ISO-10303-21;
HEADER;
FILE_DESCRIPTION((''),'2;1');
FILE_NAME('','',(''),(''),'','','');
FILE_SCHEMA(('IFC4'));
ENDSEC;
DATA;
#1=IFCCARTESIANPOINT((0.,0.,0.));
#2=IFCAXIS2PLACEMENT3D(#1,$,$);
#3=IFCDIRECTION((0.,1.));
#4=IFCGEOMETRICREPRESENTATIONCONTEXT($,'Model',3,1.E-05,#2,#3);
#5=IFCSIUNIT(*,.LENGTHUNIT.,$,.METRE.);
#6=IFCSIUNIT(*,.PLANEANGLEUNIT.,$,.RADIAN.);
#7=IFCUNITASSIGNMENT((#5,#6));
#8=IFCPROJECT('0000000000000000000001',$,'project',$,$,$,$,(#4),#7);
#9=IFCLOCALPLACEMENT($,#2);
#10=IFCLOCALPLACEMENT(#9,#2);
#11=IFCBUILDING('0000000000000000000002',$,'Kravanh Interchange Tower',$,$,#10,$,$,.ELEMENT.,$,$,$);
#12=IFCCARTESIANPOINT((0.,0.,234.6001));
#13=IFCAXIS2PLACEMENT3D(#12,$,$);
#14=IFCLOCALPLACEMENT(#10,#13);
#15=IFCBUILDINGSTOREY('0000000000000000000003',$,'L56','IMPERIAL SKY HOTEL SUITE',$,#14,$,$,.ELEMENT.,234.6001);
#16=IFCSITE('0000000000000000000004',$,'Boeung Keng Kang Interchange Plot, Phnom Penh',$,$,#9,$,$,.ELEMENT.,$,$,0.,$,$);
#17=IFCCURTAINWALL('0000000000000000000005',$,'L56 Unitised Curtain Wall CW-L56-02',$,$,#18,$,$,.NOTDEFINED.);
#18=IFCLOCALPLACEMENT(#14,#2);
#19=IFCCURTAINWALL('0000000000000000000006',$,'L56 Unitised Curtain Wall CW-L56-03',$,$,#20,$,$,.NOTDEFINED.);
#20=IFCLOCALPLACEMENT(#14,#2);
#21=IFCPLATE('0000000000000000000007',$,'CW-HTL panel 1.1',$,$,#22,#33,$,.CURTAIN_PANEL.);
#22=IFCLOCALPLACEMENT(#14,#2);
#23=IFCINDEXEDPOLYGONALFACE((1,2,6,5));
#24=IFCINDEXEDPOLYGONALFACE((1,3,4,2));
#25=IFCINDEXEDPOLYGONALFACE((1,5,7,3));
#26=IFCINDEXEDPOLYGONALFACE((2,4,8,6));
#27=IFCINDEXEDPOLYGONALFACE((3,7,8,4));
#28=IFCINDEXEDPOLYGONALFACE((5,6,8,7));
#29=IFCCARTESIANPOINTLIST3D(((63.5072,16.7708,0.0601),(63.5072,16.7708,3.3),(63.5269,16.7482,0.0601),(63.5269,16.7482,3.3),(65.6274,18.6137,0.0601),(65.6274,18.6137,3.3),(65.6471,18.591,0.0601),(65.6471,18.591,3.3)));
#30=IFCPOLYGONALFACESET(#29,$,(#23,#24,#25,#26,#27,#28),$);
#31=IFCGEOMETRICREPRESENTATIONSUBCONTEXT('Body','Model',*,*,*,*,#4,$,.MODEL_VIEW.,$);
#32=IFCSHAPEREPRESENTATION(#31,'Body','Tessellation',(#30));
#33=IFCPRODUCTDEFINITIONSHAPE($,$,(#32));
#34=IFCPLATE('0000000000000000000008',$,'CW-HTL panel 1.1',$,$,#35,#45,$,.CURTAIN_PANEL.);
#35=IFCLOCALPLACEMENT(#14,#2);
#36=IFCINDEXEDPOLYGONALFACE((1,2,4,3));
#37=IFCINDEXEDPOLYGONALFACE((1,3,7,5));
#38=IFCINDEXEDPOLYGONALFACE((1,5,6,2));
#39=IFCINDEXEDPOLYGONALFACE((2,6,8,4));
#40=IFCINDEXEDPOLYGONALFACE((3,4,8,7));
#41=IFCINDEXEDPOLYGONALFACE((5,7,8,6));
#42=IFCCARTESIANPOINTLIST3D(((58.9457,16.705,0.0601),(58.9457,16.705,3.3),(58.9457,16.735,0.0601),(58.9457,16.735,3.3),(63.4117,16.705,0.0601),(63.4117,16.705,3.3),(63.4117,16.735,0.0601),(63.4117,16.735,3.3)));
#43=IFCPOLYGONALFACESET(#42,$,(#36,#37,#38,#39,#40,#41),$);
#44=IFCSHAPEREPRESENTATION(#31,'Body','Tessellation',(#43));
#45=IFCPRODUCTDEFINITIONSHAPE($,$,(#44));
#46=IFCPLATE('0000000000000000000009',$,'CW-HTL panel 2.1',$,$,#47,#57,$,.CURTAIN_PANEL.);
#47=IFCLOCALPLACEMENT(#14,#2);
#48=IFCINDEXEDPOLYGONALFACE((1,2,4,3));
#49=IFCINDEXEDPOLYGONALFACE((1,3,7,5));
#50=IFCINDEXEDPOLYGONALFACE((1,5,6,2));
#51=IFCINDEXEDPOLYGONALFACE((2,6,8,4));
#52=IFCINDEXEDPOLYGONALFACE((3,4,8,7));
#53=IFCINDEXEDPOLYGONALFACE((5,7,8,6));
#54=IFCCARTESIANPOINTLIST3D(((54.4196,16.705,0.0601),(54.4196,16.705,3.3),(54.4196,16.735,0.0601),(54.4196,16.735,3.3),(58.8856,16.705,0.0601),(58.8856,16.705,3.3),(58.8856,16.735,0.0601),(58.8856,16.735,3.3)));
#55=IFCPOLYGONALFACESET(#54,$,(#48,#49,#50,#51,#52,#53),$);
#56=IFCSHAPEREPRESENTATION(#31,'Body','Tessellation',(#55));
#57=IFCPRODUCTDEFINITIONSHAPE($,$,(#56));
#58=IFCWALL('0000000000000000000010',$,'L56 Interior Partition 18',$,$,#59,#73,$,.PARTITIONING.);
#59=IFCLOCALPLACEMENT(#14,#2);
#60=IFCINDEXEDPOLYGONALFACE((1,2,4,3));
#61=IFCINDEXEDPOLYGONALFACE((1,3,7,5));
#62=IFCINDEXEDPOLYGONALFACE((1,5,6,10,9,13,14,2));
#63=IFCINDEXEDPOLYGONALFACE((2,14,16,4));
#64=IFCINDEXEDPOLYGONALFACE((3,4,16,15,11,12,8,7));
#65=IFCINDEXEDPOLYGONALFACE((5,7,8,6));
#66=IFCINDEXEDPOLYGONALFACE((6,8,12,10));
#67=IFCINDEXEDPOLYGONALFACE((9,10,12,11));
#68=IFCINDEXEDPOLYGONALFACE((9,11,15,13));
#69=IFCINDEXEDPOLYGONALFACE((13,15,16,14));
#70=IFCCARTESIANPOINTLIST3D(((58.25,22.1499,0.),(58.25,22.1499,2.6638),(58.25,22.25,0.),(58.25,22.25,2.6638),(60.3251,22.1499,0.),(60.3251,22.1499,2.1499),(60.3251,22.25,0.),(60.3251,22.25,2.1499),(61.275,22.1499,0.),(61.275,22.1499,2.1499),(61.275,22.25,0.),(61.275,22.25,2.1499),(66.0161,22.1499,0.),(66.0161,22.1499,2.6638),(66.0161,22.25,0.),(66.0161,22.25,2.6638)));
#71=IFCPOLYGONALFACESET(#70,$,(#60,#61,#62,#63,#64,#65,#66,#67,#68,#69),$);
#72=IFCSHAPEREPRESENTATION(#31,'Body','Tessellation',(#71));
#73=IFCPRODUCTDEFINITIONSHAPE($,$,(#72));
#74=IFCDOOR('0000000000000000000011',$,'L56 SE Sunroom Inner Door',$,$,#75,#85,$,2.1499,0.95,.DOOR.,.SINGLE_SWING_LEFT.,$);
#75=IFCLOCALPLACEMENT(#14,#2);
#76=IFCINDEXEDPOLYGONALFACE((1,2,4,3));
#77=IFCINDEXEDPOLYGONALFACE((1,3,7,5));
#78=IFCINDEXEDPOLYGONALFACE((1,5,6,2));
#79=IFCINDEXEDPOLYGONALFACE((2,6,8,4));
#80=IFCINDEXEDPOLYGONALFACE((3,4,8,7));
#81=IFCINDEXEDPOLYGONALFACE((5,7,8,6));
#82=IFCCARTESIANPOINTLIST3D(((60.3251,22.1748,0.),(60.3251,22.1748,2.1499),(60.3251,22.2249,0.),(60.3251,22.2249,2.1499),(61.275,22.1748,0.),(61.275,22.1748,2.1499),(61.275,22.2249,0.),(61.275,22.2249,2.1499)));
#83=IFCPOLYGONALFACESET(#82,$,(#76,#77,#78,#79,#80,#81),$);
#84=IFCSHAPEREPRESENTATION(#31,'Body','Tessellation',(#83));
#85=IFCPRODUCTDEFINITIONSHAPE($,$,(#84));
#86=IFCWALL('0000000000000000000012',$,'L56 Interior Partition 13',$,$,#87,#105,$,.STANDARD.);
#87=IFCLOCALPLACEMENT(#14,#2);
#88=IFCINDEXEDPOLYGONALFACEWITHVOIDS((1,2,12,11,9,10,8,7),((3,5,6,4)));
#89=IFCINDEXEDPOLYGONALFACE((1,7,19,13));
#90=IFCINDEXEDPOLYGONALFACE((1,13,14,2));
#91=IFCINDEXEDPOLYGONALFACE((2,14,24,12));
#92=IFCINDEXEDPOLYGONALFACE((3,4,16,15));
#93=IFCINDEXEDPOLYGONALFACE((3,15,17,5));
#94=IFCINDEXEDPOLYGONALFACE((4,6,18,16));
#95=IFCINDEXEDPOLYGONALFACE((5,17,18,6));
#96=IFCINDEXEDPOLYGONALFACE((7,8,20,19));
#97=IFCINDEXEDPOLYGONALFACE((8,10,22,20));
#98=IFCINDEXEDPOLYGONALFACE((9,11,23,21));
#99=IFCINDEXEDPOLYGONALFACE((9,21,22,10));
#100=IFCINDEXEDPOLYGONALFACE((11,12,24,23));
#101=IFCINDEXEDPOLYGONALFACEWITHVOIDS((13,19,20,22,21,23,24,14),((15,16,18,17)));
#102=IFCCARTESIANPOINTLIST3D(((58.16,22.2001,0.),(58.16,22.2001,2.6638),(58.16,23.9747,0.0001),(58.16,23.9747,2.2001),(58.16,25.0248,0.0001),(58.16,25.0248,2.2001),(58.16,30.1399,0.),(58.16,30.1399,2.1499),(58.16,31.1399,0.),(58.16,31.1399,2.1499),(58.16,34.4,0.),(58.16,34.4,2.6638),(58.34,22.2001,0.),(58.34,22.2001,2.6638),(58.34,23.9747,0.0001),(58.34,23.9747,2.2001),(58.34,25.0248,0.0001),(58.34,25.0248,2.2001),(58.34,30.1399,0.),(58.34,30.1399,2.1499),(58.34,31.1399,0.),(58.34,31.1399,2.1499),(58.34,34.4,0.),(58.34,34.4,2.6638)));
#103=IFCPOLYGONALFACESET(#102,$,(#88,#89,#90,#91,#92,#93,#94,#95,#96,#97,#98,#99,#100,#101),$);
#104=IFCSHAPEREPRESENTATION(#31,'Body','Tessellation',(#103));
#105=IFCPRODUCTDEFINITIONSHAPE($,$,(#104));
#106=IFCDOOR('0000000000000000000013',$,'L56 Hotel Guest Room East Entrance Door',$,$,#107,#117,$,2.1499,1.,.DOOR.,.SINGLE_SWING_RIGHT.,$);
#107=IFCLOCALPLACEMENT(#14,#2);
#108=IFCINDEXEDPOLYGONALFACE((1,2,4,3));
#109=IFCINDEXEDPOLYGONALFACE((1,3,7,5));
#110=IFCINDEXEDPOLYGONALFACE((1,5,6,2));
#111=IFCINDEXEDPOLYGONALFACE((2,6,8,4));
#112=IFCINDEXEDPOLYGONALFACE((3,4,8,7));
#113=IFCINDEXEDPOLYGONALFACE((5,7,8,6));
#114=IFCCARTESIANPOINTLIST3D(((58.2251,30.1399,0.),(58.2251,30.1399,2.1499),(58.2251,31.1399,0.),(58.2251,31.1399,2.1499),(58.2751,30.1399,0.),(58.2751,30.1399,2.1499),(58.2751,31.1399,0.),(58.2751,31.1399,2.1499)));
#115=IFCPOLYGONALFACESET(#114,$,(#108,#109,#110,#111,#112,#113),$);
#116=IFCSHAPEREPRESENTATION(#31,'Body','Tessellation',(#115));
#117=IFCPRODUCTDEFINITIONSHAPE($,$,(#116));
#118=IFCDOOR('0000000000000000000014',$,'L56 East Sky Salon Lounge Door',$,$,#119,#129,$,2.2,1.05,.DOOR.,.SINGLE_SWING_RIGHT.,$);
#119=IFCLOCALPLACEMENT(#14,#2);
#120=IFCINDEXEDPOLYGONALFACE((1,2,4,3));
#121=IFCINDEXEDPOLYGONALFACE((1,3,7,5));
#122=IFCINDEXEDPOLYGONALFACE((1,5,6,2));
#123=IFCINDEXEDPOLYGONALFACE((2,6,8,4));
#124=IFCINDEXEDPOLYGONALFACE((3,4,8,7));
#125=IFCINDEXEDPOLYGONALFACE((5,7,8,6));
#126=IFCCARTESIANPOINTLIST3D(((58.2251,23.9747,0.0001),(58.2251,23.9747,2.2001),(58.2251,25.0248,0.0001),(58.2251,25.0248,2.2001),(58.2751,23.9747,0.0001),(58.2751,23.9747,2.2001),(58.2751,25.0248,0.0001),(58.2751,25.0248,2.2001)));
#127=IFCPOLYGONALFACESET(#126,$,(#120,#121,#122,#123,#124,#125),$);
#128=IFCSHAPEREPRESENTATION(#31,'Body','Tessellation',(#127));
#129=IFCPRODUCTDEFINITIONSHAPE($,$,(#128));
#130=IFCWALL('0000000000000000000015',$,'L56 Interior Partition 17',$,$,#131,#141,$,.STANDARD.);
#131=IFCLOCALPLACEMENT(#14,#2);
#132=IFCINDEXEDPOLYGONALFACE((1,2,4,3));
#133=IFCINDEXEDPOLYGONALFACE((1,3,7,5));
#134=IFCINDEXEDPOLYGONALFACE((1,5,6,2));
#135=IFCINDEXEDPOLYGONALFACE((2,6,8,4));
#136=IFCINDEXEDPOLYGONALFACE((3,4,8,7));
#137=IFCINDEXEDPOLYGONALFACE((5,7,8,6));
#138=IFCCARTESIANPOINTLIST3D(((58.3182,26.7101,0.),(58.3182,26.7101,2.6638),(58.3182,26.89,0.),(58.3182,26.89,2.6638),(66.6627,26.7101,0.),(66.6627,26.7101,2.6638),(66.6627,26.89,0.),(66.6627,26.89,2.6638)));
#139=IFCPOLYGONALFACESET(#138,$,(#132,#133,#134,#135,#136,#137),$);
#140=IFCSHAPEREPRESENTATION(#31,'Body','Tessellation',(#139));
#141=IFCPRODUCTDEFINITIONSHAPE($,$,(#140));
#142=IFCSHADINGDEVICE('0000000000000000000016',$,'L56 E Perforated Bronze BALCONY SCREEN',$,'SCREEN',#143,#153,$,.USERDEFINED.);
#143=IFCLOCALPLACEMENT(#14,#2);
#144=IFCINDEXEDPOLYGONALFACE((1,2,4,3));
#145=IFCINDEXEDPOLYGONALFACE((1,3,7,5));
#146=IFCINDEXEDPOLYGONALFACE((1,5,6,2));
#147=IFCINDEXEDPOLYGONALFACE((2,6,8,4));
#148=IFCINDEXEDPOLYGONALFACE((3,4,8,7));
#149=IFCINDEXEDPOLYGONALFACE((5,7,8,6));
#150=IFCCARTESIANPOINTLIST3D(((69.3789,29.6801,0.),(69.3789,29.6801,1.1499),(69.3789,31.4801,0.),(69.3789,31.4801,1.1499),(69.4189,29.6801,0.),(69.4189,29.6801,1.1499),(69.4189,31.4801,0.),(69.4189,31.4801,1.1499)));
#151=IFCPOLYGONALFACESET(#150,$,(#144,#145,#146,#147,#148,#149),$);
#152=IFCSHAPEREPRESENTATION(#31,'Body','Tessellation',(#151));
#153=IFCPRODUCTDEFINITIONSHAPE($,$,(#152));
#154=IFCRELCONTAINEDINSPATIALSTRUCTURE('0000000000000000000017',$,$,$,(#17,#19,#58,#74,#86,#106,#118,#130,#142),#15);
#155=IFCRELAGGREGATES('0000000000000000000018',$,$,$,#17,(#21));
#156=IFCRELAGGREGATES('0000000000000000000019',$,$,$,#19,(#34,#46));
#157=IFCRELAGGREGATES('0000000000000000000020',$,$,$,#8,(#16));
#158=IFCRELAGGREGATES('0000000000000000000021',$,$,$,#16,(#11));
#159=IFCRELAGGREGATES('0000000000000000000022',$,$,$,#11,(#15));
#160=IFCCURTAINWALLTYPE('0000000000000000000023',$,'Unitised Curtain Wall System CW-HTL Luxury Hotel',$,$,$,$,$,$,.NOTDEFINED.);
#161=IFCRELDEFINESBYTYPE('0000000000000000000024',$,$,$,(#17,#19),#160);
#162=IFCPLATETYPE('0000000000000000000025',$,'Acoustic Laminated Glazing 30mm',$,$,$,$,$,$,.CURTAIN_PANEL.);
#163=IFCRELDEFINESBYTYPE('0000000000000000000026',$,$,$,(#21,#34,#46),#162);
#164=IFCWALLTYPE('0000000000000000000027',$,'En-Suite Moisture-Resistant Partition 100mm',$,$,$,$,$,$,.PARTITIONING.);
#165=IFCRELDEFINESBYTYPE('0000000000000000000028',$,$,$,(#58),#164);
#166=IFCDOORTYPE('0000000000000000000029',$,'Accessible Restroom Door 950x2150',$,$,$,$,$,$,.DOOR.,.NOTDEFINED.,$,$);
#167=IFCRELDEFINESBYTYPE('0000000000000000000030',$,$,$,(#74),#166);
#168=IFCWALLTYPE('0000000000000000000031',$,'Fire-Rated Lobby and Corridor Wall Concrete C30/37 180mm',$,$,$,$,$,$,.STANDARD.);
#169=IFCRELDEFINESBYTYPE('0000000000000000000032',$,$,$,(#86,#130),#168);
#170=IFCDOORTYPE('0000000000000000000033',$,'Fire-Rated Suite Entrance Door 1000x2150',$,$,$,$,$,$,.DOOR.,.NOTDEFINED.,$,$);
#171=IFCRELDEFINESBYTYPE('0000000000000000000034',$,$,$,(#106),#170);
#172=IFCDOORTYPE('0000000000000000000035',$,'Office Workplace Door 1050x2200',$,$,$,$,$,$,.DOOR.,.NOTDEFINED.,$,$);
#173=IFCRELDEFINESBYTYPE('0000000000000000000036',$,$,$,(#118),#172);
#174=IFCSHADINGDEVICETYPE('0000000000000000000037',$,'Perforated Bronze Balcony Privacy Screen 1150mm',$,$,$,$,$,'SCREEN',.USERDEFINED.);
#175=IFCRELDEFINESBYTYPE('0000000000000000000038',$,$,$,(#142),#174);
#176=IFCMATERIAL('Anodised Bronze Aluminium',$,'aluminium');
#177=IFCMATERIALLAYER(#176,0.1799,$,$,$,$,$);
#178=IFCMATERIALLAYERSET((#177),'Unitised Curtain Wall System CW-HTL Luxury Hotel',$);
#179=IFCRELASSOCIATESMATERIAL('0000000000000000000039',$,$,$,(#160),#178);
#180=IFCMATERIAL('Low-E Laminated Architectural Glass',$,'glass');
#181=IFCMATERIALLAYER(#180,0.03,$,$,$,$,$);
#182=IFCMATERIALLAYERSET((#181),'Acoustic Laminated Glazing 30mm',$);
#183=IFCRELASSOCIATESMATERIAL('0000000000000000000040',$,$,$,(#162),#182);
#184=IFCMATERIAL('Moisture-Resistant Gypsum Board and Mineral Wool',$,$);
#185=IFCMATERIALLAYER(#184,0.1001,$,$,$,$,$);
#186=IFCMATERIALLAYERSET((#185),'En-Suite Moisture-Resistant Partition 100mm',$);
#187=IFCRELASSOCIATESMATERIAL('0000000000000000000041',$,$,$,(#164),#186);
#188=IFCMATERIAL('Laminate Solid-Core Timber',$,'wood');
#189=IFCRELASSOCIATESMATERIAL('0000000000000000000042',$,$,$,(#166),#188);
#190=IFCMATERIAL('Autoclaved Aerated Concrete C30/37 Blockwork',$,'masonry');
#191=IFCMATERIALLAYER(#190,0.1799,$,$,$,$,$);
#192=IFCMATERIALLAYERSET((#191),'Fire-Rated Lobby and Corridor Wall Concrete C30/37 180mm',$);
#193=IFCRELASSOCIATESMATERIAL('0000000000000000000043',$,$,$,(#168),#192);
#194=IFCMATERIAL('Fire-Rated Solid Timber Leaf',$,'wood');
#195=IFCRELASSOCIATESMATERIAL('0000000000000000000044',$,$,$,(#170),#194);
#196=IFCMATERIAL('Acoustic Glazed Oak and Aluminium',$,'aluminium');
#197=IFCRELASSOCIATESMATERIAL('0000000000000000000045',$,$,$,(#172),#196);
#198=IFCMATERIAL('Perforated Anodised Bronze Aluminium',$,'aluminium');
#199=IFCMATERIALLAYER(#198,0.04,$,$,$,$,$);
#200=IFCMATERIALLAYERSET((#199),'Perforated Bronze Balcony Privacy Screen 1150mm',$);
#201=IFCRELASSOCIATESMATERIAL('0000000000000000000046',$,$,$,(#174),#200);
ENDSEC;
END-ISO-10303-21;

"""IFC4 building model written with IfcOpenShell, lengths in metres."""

from ifc_helpers import new_model, si_unit, direction, frame, frame_2d, origin, origin_2d, place, context, subcontext, project, spatial, rectangle, extrude, material, layer, layer_set, type_object, element, fill, aggregate, save


model = new_model("IFC4")

# Units and contexts
model_context = context("Model", 3, precision=1e-05, world=origin(), true_north=direction((0.0, 1.0)))
body_context = subcontext(model_context, "Body", "Model", "MODEL_VIEW")
ifc_project = project(units=[si_unit("LENGTHUNIT", "METRE"), si_unit("PLANEANGLEUNIT", "RADIAN")], contexts=[model_context])

# Site, building, storey
site_placement = place(None, origin())
site = spatial("IfcSite", under=ifc_project, at=site_placement, Name="Boeung Keng Kang Interchange Plot, Phnom Penh", CompositionType="ELEMENT", RefElevation=0.0)
building_placement = place(site_placement, origin())
building = spatial("IfcBuilding", under=site, at=building_placement, Name="Kravanh Interchange Tower", CompositionType="ELEMENT")
storey_placement = place(building_placement, frame((0.0, 0.0, 234.6001)))
storey = spatial("IfcBuildingStorey", under=building, at=storey_placement, Name="L56", Description="IMPERIAL SKY HOTEL SUITE", CompositionType="ELEMENT", Elevation=234.6001)

# Curtain walls
ifc_material_1 = material(Name="Anodised Bronze Aluminium", Category="aluminium")
ifc_layer_1 = layer(ifc_material_1, 0.1799)
ifc_layer_set_1 = layer_set([ifc_layer_1], Name="Unitised Curtain Wall System CW-HTL Luxury Hotel")
curtain_wall_type = type_object("IfcCurtainWallType", Name="Unitised Curtain Wall System CW-HTL Luxury Hotel", PredefinedType="NOTDEFINED", material=ifc_layer_set_1)
curtain_wall_1_placement = place(storey_placement, origin())
curtain_wall_1 = element("IfcCurtainWall", 1, at=curtain_wall_1_placement, inside=storey, type_object=curtain_wall_type, Name="L56 Unitised Curtain Wall CW-L56-02", PredefinedType="NOTDEFINED")
curtain_wall_2_placement = place(storey_placement, origin())
curtain_wall_2 = element("IfcCurtainWall", 2, at=curtain_wall_2_placement, inside=storey, type_object=curtain_wall_type, Name="L56 Unitised Curtain Wall CW-L56-03", PredefinedType="NOTDEFINED")

# Plates
ifc_material_2 = material(Name="Low-E Laminated Architectural Glass", Category="glass")
ifc_layer_2 = layer(ifc_material_2, 0.03)
ifc_layer_set_2 = layer_set([ifc_layer_2], Name="Acoustic Laminated Glazing 30mm")
plate_type = type_object("IfcPlateType", Name="Acoustic Laminated Glazing 30mm", PredefinedType="CURTAIN_PANEL", material=ifc_layer_set_2)
plate_1_placement = place(storey_placement, frame((64.5771, 17.6809, 0.0601), z_axis=(0.0, 0.0, 1.0), x_axis=(-0.754732, -0.656033, 0.0)))
plate_1 = element("IfcPlate", 3, at=plate_1_placement, type_object=plate_type, Name="CW-HTL panel 1.1", PredefinedType="CURTAIN_PANEL", context=body_context, shape_type="SweptSolid", body=[
    extrude(rectangle(XDim=2.8091, YDim=0.03, at=origin_2d()), origin(), (0.0, 0.0, 1.0), 3.24),
])
aggregate(curtain_wall_1, [plate_1])
plate_2_placement = place(storey_placement, frame((61.1787, 16.72, 0.0601), z_axis=(0.0, 0.0, 1.0), x_axis=(-1.0, 0.0, 0.0)))
plate_2 = element("IfcPlate", 4, at=plate_2_placement, type_object=plate_type, Name="CW-HTL panel 1.1", PredefinedType="CURTAIN_PANEL", context=body_context, shape_type="SweptSolid", body=[
    extrude(rectangle(XDim=4.4661, YDim=0.03, at=origin_2d()), origin(), (0.0, 0.0, 1.0), 3.24),
])
plate_3_placement = place(storey_placement, frame((56.6526, 16.72, 0.0601), z_axis=(0.0, 0.0, 1.0), x_axis=(-1.0, 0.0, 0.0)))
plate_3 = element("IfcPlate", 5, at=plate_3_placement, type_object=plate_type, Name="CW-HTL panel 2.1", PredefinedType="CURTAIN_PANEL", context=body_context, shape_type="SweptSolid", body=[
    extrude(rectangle(XDim=4.4661, YDim=0.03, at=origin_2d()), origin(), (0.0, 0.0, 1.0), 3.24),
])
aggregate(curtain_wall_2, [plate_2, plate_3])

# Wall, opening, door
ifc_material_3 = material(Name="Moisture-Resistant Gypsum Board and Mineral Wool")
ifc_layer_3 = layer(ifc_material_3, 0.1001)
ifc_layer_set_3 = layer_set([ifc_layer_3], Name="En-Suite Moisture-Resistant Partition 100mm")
wall_type_1 = type_object("IfcWallType", Name="En-Suite Moisture-Resistant Partition 100mm", PredefinedType="PARTITIONING", material=ifc_layer_set_3)
wall_1_placement = place(storey_placement, frame((58.25, 22.2, 0.0), z_axis=(0.0, 0.0, 1.0), x_axis=(1.0, 0.0, 0.0)))
wall_1 = element("IfcWall", 6, at=wall_1_placement, inside=storey, type_object=wall_type_1, Name="L56 Interior Partition 18", PredefinedType="PARTITIONING", context=body_context, shape_type="SweptSolid", body=[
    extrude(rectangle(XDim=7.7661, YDim=0.1001, at=frame_2d((3.8831, 0.0))), origin(), (0.0, 0.0, 1.0), 2.6638),
])
opening_1_placement = place(wall_1_placement, frame((2.075, 0.0, 0.0)))
opening_1 = element("IfcOpeningElement", 7, at=opening_1_placement, cuts=wall_1, PredefinedType="OPENING", context=body_context, shape_type="SweptSolid", body=[
    extrude(rectangle(XDim=0.95, YDim=2.1499, at=frame_2d((0.4751, 1.075))), frame((0.0, 0.0601, 0.0), z_axis=(0.0, -1.0, 0.0), x_axis=(1.0, 0.0, 0.0)), (0.0, 0.0, 1.0), 0.1201),
])
ifc_material_4 = material(Name="Laminate Solid-Core Timber", Category="wood")
door_type_1 = type_object("IfcDoorType", Name="Accessible Restroom Door 950x2150", OperationType="NOTDEFINED", PredefinedType="DOOR", material=ifc_material_4)
door_1_placement = place(opening_1_placement, origin())
door_1 = element("IfcDoor", 8, at=door_1_placement, inside=storey, type_object=door_type_1, Name="L56 SE Sunroom Inner Door", OperationType="SINGLE_SWING_LEFT", OverallHeight=2.1499, OverallWidth=0.95, PredefinedType="DOOR", context=body_context, shape_type="SweptSolid", body=[
    extrude(rectangle(XDim=0.95, YDim=2.1499, at=frame_2d((0.4751, 1.075))), frame((0.0, 0.0249, 0.0), z_axis=(0.0, -1.0, 0.0), x_axis=(1.0, 0.0, 0.0)), (0.0, 0.0, 1.0), 0.05),
])
fill(opening_1, door_1)

# Wall, openings, doors
ifc_material_5 = material(Name="Autoclaved Aerated Concrete C30/37 Blockwork", Category="masonry")
ifc_layer_4 = layer(ifc_material_5, 0.1799)
ifc_layer_set_4 = layer_set([ifc_layer_4], Name="Fire-Rated Lobby and Corridor Wall Concrete C30/37 180mm")
wall_type_2 = type_object("IfcWallType", Name="Fire-Rated Lobby and Corridor Wall Concrete C30/37 180mm", PredefinedType="STANDARD", material=ifc_layer_set_4)
wall_2_placement = place(storey_placement, frame((58.25, 22.2, 0.0), z_axis=(0.0, 0.0, 1.0), x_axis=(0.0, 1.0, 0.0)))
wall_2 = element("IfcWall", 9, at=wall_2_placement, inside=storey, type_object=wall_type_2, Name="L56 Interior Partition 13", PredefinedType="STANDARD", context=body_context, shape_type="SweptSolid", body=[
    extrude(rectangle(XDim=12.2, YDim=0.1799, at=frame_2d((6.1001, 0.0))), origin(), (0.0, 0.0, 1.0), 2.6638),
])
opening_2_placement = place(wall_2_placement, frame((1.7749, 0.0, 0.0)))
opening_2 = element("IfcOpeningElement", 10, at=opening_2_placement, cuts=wall_2, PredefinedType="OPENING", context=body_context, shape_type="SweptSolid", body=[
    extrude(rectangle(XDim=1.05, YDim=2.2, at=frame_2d((0.5249, 1.1001))), frame((0.0, 0.1001, 0.0), z_axis=(0.0, -1.0, 0.0), x_axis=(1.0, 0.0, 0.0)), (0.0, 0.0, 1.0), 0.2),
])
opening_3_placement = place(wall_2_placement, frame((7.9399, 0.0, 0.0)))
opening_3 = element("IfcOpeningElement", 11, at=opening_3_placement, cuts=wall_2, PredefinedType="OPENING", context=body_context, shape_type="SweptSolid", body=[
    extrude(rectangle(XDim=1.0, YDim=2.1499, at=frame_2d((0.5, 1.075))), frame((0.0, 0.1001, 0.0), z_axis=(0.0, -1.0, 0.0), x_axis=(1.0, 0.0, 0.0)), (0.0, 0.0, 1.0), 0.2),
])
ifc_material_6 = material(Name="Fire-Rated Solid Timber Leaf", Category="wood")
door_type_2 = type_object("IfcDoorType", Name="Fire-Rated Suite Entrance Door 1000x2150", OperationType="NOTDEFINED", PredefinedType="DOOR", material=ifc_material_6)
door_2_placement = place(opening_3_placement, origin())
door_2 = element("IfcDoor", 12, at=door_2_placement, inside=storey, type_object=door_type_2, Name="L56 Hotel Guest Room East Entrance Door", OperationType="SINGLE_SWING_RIGHT", OverallHeight=2.1499, OverallWidth=1.0, PredefinedType="DOOR", context=body_context, shape_type="SweptSolid", body=[
    extrude(rectangle(XDim=1.0, YDim=2.1499, at=frame_2d((0.5, 1.075))), frame((0.0, 0.0249, 0.0), z_axis=(0.0, -1.0, 0.0), x_axis=(1.0, 0.0, 0.0)), (0.0, 0.0, 1.0), 0.05),
])
fill(opening_3, door_2)
ifc_material_7 = material(Name="Acoustic Glazed Oak and Aluminium", Category="aluminium")
door_type_3 = type_object("IfcDoorType", Name="Office Workplace Door 1050x2200", OperationType="NOTDEFINED", PredefinedType="DOOR", material=ifc_material_7)
door_3_placement = place(opening_2_placement, origin())
door_3 = element("IfcDoor", 13, at=door_3_placement, inside=storey, type_object=door_type_3, Name="L56 East Sky Salon Lounge Door", OperationType="SINGLE_SWING_RIGHT", OverallHeight=2.2, OverallWidth=1.05, PredefinedType="DOOR", context=body_context, shape_type="SweptSolid", body=[
    extrude(rectangle(XDim=1.05, YDim=2.2, at=frame_2d((0.5249, 1.1001))), frame((0.0, 0.0249, 0.0), z_axis=(0.0, -1.0, 0.0), x_axis=(1.0, 0.0, 0.0)), (0.0, 0.0, 1.0), 0.05),
])
fill(opening_2, door_3)

# Wall
wall_3_placement = place(storey_placement, frame((58.3181, 26.8, 0.0), z_axis=(0.0, 0.0, 1.0), x_axis=(1.0, 0.0, 0.0)))
element("IfcWall", 14, at=wall_3_placement, inside=storey, type_object=wall_type_2, Name="L56 Interior Partition 17", PredefinedType="STANDARD", context=body_context, shape_type="SweptSolid", body=[
    extrude(rectangle(XDim=8.3445, YDim=0.1799, at=frame_2d((4.1724, 0.0))), origin(), (0.0, 0.0, 1.0), 2.6638),
])

# Shading device
ifc_material_8 = material(Name="Perforated Anodised Bronze Aluminium", Category="aluminium")
ifc_layer_5 = layer(ifc_material_8, 0.04)
ifc_layer_set_5 = layer_set([ifc_layer_5], Name="Perforated Bronze Balcony Privacy Screen 1150mm")
shading_device_type = type_object("IfcShadingDeviceType", Name="Perforated Bronze Balcony Privacy Screen 1150mm", ElementType="SCREEN", PredefinedType="USERDEFINED", material=ifc_layer_set_5)
shading_device_placement = place(storey_placement, frame((69.3989, 30.5801, 0.0), z_axis=(0.0, 0.0, 1.0), x_axis=(1.0, 0.0, 0.0)))
element("IfcShadingDevice", 15, at=shading_device_placement, inside=storey, type_object=shading_device_type, Name="L56 E Perforated Bronze BALCONY SCREEN", ObjectType="SCREEN", PredefinedType="USERDEFINED", context=body_context, shape_type="SweptSolid", body=[
    extrude(rectangle(XDim=0.04, YDim=1.8, at=origin_2d()), origin(), (0.0, 0.0, 1.0), 1.1499),
])

save(model, "model.ifc")
